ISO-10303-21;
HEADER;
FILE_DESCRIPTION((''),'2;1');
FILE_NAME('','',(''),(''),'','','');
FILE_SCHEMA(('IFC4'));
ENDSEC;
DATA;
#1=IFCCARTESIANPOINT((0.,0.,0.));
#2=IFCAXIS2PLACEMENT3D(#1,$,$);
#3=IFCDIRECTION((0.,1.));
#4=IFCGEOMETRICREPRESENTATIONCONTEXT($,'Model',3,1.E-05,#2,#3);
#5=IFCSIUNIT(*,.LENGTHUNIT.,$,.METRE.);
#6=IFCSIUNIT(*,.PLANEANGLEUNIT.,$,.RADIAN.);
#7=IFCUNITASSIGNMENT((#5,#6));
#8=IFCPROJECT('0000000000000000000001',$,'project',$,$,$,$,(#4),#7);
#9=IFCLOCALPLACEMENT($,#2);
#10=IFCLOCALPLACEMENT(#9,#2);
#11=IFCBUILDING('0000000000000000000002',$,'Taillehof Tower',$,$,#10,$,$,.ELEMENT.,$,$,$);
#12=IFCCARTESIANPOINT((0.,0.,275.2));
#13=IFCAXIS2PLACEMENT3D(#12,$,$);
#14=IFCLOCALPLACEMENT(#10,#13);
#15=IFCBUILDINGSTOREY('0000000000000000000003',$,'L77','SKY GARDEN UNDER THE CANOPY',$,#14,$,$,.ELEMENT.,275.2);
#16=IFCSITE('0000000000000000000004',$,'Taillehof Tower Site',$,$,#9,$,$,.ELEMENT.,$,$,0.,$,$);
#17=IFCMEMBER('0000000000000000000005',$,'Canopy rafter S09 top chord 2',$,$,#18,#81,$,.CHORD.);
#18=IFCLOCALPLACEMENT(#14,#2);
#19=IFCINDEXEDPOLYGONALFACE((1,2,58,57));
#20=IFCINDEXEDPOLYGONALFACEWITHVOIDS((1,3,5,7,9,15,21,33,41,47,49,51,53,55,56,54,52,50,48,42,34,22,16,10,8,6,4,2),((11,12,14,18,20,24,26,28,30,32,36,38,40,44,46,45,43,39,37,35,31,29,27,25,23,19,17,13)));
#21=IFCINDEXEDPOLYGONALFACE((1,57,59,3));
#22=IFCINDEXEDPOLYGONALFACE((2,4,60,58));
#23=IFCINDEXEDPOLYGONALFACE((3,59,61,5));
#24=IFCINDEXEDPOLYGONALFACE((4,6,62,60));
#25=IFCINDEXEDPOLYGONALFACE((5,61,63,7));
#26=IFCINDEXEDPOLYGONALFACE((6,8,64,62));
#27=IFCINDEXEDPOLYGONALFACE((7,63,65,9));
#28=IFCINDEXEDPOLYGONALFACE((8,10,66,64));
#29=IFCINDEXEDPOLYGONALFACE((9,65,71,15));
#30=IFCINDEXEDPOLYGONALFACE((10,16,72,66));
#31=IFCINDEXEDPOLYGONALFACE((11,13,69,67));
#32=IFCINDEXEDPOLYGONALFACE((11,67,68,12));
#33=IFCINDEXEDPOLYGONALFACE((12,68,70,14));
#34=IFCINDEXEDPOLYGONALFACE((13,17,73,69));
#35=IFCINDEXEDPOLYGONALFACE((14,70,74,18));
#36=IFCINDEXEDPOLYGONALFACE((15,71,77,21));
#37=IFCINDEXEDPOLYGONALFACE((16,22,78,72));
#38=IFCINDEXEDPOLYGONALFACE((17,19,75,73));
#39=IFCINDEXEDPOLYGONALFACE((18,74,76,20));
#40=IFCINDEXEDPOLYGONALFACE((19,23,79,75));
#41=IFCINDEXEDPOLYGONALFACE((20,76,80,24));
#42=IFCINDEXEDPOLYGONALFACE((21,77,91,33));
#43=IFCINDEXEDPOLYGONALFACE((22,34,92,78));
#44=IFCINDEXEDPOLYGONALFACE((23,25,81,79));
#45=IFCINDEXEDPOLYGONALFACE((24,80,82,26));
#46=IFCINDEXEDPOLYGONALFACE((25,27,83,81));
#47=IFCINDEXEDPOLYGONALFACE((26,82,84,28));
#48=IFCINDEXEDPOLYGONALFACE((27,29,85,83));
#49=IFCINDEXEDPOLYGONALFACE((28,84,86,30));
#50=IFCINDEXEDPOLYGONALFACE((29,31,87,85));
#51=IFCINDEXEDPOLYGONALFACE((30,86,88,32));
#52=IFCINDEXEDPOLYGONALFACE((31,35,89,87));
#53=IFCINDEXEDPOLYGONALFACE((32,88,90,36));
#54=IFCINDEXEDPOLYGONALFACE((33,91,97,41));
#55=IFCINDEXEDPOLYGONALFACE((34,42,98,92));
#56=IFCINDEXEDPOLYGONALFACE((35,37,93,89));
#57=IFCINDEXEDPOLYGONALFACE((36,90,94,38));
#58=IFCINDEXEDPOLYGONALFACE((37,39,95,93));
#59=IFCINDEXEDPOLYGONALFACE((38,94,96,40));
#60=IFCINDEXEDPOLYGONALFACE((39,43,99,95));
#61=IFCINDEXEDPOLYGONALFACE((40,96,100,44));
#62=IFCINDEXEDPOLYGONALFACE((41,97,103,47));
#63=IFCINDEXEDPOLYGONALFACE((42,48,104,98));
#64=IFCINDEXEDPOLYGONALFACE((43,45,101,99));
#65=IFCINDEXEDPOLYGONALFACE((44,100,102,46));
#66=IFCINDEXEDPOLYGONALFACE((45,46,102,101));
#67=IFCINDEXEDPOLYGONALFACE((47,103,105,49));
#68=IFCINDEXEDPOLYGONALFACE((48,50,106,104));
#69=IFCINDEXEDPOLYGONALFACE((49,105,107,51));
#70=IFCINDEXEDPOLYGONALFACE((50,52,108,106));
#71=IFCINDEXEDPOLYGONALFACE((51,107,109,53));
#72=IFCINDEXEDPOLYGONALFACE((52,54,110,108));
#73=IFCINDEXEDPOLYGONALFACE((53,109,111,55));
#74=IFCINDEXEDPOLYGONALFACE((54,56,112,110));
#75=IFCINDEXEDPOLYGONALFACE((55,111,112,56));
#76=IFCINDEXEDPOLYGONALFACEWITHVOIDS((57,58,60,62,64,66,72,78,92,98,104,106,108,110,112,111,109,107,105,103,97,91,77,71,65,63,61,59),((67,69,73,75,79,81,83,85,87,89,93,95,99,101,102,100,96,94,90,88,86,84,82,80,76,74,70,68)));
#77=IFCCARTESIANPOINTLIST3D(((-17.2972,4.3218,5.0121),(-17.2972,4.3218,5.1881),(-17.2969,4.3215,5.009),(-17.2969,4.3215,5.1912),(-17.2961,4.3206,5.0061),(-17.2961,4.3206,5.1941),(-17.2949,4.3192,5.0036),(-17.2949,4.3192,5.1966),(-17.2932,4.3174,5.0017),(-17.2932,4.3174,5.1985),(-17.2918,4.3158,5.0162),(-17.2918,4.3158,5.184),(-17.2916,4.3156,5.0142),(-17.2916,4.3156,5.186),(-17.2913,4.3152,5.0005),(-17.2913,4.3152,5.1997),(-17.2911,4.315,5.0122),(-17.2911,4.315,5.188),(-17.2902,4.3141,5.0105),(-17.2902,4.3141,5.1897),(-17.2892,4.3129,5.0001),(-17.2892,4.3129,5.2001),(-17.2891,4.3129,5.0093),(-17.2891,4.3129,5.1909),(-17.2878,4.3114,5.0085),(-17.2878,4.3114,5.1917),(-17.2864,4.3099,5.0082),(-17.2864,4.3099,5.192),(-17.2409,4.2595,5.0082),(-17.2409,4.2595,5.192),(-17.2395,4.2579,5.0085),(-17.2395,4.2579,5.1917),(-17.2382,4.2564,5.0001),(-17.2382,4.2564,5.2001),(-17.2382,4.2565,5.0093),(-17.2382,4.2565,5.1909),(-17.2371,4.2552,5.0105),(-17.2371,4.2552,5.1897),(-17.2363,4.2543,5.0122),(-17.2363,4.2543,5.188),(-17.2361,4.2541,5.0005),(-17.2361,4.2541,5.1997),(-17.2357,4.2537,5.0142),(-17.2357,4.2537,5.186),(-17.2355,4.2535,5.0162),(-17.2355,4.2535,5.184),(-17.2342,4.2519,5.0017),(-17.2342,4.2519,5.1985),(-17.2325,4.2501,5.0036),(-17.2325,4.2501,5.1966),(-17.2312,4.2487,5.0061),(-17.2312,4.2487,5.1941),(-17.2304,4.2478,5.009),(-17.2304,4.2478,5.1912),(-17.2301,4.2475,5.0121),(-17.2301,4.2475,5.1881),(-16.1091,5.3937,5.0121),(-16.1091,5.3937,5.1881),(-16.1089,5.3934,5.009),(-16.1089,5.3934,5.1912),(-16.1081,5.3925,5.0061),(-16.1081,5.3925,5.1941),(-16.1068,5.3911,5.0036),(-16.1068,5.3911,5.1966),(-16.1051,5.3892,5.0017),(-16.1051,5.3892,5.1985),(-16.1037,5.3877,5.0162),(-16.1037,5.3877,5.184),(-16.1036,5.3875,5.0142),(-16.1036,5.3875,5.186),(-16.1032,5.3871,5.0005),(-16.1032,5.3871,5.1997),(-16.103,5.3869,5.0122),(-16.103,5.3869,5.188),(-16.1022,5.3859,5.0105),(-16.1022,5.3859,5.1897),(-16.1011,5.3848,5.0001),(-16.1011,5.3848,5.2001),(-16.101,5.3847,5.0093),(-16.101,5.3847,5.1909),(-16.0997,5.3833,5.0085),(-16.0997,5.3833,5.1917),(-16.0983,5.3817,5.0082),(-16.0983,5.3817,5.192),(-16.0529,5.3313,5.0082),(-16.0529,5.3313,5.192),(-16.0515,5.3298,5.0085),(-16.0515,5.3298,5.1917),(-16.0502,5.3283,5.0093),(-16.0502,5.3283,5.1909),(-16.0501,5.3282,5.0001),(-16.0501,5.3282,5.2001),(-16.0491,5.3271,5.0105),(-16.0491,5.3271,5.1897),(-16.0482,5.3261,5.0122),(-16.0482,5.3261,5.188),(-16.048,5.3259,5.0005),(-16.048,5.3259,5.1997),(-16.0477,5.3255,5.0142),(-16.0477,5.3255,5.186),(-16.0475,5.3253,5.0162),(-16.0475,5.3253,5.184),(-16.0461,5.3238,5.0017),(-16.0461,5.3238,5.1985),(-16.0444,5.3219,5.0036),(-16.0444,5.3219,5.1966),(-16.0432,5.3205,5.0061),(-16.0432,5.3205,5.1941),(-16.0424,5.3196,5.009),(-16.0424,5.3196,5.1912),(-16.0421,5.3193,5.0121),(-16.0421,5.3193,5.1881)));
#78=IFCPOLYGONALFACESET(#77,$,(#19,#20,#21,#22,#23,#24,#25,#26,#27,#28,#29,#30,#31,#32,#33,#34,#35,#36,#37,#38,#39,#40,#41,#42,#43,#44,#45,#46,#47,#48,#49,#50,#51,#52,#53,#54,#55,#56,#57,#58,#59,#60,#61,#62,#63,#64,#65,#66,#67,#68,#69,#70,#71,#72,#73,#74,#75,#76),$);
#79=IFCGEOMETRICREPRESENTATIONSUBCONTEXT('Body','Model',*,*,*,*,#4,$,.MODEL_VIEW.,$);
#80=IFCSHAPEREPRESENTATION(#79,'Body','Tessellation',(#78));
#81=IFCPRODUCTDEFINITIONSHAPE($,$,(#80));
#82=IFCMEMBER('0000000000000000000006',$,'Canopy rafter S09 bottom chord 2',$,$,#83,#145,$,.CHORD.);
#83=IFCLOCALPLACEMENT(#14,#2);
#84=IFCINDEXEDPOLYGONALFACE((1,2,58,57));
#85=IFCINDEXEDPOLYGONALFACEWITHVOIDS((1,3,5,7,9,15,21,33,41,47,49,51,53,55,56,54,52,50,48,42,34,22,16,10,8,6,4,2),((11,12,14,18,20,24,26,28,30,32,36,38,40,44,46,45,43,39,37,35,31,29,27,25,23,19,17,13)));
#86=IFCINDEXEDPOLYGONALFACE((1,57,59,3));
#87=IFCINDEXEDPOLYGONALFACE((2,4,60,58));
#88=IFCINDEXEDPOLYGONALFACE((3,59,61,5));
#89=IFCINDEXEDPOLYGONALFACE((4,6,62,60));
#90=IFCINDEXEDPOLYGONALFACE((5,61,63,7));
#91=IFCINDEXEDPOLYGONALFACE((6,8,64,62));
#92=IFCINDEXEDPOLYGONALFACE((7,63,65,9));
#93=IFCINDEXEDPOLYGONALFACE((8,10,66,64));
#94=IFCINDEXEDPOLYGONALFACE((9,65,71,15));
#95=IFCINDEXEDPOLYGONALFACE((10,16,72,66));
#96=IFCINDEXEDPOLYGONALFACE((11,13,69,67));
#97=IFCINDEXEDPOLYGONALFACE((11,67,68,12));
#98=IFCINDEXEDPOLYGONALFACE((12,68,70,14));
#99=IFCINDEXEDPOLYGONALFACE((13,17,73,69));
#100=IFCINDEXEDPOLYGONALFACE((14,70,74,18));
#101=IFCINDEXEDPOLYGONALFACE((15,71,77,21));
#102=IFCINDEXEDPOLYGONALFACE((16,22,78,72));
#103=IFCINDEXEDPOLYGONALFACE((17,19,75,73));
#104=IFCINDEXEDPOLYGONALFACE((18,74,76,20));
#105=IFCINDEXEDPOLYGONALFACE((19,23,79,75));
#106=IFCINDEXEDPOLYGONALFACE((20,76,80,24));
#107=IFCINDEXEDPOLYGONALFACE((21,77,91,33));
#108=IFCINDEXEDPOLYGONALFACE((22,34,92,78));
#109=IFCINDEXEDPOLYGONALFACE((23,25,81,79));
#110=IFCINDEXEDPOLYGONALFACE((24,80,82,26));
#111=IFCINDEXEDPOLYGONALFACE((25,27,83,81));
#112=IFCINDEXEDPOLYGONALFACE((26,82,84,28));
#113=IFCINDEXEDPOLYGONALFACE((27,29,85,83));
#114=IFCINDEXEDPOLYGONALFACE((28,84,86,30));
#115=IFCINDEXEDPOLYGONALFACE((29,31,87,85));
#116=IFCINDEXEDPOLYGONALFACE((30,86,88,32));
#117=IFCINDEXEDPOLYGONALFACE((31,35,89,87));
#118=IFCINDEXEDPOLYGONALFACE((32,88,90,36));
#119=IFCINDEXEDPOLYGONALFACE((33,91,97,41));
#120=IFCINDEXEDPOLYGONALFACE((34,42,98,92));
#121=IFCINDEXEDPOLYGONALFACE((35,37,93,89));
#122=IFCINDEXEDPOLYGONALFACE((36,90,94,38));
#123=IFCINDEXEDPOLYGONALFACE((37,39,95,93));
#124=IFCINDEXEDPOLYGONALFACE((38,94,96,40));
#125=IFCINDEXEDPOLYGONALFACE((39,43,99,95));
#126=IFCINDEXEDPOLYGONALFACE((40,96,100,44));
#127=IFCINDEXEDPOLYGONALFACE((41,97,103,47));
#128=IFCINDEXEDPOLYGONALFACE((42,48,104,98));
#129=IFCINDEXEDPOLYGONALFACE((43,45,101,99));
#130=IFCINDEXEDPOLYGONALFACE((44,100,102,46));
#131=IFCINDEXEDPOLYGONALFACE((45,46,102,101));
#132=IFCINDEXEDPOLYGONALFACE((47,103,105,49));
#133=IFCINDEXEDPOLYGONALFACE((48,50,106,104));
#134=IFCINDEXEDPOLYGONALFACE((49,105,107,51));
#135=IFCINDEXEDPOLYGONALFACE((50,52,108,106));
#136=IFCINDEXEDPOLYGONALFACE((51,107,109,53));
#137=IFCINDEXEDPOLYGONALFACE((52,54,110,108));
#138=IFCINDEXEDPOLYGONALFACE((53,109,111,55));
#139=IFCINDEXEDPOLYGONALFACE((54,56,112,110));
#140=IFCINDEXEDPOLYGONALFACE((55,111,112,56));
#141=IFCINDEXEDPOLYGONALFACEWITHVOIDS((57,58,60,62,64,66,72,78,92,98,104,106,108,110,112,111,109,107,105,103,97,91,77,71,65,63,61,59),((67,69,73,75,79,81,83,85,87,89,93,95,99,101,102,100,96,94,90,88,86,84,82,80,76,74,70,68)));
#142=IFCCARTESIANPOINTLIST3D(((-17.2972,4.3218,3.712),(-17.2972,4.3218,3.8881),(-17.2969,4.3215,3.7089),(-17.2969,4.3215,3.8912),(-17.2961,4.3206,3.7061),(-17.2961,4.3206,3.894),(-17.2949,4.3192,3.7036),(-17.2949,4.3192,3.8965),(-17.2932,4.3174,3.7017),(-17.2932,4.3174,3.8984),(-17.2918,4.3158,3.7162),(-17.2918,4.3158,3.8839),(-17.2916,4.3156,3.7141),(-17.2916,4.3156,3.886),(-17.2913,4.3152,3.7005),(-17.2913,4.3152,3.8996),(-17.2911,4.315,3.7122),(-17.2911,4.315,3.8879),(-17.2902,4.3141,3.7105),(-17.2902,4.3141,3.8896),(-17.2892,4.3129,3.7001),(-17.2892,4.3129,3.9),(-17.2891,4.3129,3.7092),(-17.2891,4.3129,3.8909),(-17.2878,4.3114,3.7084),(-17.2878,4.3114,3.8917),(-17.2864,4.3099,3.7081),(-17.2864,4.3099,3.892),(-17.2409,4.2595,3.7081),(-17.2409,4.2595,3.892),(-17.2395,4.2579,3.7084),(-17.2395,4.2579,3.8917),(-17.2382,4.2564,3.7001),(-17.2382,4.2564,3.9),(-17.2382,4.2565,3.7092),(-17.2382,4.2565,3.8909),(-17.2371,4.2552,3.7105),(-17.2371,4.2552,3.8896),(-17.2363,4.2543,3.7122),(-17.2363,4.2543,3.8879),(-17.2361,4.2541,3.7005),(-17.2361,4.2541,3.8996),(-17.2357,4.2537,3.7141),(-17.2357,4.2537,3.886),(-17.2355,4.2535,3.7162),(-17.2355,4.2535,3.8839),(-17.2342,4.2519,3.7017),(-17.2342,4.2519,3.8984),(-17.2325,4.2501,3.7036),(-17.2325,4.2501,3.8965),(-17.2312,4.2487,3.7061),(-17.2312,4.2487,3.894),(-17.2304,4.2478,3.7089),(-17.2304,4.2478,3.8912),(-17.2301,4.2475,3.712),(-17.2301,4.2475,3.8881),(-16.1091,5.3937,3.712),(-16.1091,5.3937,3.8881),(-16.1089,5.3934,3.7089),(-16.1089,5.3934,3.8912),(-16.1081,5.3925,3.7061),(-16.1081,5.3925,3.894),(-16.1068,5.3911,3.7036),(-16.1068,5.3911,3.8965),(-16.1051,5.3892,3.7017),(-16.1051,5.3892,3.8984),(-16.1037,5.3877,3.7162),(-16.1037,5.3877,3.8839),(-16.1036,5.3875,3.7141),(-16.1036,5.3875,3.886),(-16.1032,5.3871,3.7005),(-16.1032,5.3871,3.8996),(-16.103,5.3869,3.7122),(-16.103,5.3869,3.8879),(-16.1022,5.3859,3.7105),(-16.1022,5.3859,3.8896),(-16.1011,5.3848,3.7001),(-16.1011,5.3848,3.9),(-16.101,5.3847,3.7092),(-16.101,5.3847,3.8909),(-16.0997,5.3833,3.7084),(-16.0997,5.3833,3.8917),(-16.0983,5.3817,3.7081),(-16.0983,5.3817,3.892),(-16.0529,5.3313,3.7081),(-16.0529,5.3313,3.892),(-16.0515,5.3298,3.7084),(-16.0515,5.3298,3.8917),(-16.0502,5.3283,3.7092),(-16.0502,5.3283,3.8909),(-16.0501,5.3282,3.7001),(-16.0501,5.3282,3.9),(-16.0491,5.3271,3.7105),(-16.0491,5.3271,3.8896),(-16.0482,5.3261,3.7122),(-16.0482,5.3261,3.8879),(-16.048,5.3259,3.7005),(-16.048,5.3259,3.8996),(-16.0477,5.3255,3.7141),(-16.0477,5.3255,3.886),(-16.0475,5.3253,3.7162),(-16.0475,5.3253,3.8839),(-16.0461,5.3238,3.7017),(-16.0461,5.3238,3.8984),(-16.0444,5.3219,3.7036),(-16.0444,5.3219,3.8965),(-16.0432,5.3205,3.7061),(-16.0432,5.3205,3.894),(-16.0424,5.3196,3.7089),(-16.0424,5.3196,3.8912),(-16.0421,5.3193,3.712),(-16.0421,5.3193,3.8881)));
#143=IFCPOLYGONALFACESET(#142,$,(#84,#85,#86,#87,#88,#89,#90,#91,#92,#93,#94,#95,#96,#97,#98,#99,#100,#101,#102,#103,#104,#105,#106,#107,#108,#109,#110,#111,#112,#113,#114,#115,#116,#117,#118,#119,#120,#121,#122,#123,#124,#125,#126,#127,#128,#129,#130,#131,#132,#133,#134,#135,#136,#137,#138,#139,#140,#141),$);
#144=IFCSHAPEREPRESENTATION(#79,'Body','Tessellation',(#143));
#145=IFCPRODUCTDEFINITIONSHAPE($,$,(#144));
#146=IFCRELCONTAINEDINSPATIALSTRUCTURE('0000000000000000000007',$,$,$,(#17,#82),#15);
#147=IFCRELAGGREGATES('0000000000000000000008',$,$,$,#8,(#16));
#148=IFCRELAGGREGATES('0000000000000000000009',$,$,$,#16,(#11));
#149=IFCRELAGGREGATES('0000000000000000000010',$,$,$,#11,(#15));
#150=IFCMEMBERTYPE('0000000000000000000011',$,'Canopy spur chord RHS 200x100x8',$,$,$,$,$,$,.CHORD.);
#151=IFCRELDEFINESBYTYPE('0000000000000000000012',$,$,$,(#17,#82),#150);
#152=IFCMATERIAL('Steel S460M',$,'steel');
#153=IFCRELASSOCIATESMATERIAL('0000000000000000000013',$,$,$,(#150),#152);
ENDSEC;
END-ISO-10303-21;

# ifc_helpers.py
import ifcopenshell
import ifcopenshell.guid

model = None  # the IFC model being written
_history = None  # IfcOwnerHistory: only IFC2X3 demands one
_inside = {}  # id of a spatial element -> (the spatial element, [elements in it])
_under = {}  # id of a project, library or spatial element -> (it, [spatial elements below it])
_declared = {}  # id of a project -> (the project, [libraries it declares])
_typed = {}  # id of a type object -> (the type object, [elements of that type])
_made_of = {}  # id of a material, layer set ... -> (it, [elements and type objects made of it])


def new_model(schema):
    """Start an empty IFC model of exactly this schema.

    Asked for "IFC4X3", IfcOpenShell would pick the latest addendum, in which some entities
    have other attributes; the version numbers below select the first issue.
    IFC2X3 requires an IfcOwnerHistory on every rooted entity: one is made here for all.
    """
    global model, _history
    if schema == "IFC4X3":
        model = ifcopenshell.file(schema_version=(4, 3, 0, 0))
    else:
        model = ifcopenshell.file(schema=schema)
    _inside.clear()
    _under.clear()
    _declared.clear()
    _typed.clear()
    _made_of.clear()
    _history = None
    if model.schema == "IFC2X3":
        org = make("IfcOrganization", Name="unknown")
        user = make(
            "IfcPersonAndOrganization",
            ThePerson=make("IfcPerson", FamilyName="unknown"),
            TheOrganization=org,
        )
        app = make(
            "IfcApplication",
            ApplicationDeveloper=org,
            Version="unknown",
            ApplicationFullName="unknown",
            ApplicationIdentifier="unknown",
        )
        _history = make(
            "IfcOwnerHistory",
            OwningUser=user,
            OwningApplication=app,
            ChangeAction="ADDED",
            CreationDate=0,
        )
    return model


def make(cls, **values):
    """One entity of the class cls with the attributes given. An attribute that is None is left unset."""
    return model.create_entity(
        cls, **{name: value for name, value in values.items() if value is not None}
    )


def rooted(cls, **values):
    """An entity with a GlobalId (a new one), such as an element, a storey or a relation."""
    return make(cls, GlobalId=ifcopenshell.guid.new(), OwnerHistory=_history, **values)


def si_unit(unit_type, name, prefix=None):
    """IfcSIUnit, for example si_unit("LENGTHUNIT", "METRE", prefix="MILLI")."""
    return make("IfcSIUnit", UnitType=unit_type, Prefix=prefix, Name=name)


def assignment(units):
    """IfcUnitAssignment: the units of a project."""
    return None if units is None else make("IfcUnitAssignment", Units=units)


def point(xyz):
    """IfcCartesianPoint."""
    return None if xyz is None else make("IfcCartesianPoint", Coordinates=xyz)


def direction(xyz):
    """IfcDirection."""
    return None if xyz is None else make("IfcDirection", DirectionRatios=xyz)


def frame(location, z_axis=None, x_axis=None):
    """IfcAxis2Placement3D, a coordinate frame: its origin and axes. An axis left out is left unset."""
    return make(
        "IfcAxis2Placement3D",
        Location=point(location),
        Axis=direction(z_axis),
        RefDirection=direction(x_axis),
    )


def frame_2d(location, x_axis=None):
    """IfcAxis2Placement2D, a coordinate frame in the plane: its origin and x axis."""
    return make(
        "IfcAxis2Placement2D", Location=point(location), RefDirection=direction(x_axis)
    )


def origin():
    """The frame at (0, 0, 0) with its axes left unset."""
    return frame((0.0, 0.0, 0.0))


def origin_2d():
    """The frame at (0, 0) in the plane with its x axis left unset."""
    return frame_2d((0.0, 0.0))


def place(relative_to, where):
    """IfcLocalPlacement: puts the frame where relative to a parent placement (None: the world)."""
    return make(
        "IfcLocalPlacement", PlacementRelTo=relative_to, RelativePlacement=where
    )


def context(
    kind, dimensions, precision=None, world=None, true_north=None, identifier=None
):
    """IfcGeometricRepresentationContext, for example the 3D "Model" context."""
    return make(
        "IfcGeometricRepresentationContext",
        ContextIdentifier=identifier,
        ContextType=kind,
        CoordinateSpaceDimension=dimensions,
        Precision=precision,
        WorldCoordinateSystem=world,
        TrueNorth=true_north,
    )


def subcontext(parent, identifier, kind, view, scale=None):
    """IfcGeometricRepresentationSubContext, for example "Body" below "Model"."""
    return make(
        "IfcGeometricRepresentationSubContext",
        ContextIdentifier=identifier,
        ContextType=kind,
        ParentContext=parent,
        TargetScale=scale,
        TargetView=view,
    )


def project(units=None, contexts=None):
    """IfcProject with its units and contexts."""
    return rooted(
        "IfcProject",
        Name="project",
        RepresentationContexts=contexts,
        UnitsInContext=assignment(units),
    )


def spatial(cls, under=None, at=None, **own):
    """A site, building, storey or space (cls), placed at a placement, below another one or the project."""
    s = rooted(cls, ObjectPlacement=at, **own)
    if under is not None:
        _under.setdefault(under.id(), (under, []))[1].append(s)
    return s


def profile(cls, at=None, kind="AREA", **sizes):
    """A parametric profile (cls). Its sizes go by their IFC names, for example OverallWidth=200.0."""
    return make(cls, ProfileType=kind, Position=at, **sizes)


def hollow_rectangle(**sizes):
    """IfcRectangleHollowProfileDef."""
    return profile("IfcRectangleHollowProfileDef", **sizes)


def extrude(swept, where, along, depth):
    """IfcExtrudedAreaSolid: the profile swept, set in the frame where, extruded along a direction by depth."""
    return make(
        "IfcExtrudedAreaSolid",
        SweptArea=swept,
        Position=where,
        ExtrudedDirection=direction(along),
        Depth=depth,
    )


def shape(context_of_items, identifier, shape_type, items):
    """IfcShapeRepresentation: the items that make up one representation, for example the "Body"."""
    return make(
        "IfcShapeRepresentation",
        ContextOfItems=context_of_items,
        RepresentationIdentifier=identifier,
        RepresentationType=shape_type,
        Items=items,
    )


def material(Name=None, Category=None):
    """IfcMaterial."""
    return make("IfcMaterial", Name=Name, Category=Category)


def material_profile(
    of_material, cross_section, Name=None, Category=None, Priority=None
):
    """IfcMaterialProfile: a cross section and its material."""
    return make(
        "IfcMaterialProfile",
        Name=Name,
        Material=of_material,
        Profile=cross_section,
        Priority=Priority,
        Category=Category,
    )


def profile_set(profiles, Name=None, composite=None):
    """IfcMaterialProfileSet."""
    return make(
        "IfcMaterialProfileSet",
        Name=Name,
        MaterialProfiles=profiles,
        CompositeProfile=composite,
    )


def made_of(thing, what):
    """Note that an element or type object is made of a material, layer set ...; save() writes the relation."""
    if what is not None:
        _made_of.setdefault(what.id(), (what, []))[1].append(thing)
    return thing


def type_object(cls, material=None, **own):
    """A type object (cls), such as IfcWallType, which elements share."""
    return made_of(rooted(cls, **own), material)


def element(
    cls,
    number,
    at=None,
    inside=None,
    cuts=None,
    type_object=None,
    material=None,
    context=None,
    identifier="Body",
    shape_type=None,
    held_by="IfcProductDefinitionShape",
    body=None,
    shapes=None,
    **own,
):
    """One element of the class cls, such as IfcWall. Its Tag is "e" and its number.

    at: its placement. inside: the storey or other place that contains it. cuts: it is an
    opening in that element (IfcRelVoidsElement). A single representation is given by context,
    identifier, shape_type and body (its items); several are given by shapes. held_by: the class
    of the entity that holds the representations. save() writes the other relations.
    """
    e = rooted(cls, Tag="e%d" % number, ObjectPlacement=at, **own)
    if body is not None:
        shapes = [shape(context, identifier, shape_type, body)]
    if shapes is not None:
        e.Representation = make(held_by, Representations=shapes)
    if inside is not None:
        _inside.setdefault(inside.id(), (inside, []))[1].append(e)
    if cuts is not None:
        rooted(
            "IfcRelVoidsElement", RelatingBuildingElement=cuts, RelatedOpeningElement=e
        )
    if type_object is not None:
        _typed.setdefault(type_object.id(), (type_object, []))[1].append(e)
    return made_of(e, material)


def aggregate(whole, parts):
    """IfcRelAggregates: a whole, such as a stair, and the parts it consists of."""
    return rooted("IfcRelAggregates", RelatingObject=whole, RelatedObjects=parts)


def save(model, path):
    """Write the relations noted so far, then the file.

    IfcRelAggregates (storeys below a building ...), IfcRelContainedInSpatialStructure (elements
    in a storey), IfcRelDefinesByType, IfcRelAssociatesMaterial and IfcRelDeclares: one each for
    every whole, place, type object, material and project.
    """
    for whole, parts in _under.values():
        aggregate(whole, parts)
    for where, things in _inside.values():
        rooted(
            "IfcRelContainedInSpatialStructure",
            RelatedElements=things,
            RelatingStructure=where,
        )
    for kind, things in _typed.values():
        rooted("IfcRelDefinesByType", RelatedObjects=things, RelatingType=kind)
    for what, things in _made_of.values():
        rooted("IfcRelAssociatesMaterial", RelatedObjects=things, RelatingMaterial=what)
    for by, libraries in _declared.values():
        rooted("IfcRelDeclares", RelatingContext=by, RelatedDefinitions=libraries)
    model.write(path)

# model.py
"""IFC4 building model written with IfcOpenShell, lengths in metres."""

from ifc_helpers import new_model, si_unit, direction, frame, origin, origin_2d, place, context, subcontext, project, spatial, hollow_rectangle, extrude, material, material_profile, profile_set, type_object, element, save


model = new_model("IFC4")

# Units and contexts
model_context = context("Model", 3, precision=1e-05, world=origin(), true_north=direction((0.0, 1.0)))
body_context = subcontext(model_context, "Body", "Model", "MODEL_VIEW")
ifc_project = project(units=[si_unit("LENGTHUNIT", "METRE"), si_unit("PLANEANGLEUNIT", "RADIAN")], contexts=[model_context])

# Site, building, storey
site_placement = place(None, origin())
site = spatial("IfcSite", under=ifc_project, at=site_placement, Name="Taillehof Tower Site", CompositionType="ELEMENT", RefElevation=0.0)
building_placement = place(site_placement, origin())
building = spatial("IfcBuilding", under=site, at=building_placement, Name="Taillehof Tower", CompositionType="ELEMENT")
storey_placement = place(building_placement, frame((0.0, 0.0, 275.2)))
storey = spatial("IfcBuildingStorey", under=building, at=storey_placement, Name="L77", Description="SKY GARDEN UNDER THE CANOPY", CompositionType="ELEMENT", Elevation=275.2)

# Members
ifc_material_1 = material(Name="Steel S460M", Category="steel")
ifc_material_profile_1 = material_profile(ifc_material_1, hollow_rectangle(XDim=0.1001, YDim=0.2, WallThickness=0.0081, InnerFilletRadius=0.0081, OuterFilletRadius=0.012, at=origin_2d()), Name="RHS 200x100x8")
ifc_profile_set_1 = profile_set([ifc_material_profile_1], Name="Steel S460M")
member_type_1 = type_object("IfcMemberType", Name="Canopy spur chord RHS 200x100x8", PredefinedType="CHORD", material=ifc_profile_set_1)
for number, where, z_axis, x_axis, name in (
    (1, (-17.2637, 4.2847, 5.1001), (0.742489, 0.669858, 0.0), (-0.669858, 0.742489, 0.0), "Canopy rafter S09 top chord 2"),
    (2, (-17.2637, 4.2847, 3.8), (0.742489, 0.669858, 0.0), (-0.669858, 0.742489, 0.0), "Canopy rafter S09 bottom chord 2"),
):
    element("IfcMember", number, at=place(storey_placement, frame(where, z_axis=z_axis, x_axis=x_axis)), inside=storey, type_object=member_type_1, Name=name, PredefinedType="CHORD", context=body_context, shape_type="SweptSolid", body=[
        extrude(hollow_rectangle(XDim=0.1001, YDim=0.2, WallThickness=0.0081, InnerFilletRadius=0.0081, OuterFilletRadius=0.012, at=origin_2d()), origin(), (0.0, 0.0, 1.0), 1.6001),
    ])

save(model, "model.ifc")
